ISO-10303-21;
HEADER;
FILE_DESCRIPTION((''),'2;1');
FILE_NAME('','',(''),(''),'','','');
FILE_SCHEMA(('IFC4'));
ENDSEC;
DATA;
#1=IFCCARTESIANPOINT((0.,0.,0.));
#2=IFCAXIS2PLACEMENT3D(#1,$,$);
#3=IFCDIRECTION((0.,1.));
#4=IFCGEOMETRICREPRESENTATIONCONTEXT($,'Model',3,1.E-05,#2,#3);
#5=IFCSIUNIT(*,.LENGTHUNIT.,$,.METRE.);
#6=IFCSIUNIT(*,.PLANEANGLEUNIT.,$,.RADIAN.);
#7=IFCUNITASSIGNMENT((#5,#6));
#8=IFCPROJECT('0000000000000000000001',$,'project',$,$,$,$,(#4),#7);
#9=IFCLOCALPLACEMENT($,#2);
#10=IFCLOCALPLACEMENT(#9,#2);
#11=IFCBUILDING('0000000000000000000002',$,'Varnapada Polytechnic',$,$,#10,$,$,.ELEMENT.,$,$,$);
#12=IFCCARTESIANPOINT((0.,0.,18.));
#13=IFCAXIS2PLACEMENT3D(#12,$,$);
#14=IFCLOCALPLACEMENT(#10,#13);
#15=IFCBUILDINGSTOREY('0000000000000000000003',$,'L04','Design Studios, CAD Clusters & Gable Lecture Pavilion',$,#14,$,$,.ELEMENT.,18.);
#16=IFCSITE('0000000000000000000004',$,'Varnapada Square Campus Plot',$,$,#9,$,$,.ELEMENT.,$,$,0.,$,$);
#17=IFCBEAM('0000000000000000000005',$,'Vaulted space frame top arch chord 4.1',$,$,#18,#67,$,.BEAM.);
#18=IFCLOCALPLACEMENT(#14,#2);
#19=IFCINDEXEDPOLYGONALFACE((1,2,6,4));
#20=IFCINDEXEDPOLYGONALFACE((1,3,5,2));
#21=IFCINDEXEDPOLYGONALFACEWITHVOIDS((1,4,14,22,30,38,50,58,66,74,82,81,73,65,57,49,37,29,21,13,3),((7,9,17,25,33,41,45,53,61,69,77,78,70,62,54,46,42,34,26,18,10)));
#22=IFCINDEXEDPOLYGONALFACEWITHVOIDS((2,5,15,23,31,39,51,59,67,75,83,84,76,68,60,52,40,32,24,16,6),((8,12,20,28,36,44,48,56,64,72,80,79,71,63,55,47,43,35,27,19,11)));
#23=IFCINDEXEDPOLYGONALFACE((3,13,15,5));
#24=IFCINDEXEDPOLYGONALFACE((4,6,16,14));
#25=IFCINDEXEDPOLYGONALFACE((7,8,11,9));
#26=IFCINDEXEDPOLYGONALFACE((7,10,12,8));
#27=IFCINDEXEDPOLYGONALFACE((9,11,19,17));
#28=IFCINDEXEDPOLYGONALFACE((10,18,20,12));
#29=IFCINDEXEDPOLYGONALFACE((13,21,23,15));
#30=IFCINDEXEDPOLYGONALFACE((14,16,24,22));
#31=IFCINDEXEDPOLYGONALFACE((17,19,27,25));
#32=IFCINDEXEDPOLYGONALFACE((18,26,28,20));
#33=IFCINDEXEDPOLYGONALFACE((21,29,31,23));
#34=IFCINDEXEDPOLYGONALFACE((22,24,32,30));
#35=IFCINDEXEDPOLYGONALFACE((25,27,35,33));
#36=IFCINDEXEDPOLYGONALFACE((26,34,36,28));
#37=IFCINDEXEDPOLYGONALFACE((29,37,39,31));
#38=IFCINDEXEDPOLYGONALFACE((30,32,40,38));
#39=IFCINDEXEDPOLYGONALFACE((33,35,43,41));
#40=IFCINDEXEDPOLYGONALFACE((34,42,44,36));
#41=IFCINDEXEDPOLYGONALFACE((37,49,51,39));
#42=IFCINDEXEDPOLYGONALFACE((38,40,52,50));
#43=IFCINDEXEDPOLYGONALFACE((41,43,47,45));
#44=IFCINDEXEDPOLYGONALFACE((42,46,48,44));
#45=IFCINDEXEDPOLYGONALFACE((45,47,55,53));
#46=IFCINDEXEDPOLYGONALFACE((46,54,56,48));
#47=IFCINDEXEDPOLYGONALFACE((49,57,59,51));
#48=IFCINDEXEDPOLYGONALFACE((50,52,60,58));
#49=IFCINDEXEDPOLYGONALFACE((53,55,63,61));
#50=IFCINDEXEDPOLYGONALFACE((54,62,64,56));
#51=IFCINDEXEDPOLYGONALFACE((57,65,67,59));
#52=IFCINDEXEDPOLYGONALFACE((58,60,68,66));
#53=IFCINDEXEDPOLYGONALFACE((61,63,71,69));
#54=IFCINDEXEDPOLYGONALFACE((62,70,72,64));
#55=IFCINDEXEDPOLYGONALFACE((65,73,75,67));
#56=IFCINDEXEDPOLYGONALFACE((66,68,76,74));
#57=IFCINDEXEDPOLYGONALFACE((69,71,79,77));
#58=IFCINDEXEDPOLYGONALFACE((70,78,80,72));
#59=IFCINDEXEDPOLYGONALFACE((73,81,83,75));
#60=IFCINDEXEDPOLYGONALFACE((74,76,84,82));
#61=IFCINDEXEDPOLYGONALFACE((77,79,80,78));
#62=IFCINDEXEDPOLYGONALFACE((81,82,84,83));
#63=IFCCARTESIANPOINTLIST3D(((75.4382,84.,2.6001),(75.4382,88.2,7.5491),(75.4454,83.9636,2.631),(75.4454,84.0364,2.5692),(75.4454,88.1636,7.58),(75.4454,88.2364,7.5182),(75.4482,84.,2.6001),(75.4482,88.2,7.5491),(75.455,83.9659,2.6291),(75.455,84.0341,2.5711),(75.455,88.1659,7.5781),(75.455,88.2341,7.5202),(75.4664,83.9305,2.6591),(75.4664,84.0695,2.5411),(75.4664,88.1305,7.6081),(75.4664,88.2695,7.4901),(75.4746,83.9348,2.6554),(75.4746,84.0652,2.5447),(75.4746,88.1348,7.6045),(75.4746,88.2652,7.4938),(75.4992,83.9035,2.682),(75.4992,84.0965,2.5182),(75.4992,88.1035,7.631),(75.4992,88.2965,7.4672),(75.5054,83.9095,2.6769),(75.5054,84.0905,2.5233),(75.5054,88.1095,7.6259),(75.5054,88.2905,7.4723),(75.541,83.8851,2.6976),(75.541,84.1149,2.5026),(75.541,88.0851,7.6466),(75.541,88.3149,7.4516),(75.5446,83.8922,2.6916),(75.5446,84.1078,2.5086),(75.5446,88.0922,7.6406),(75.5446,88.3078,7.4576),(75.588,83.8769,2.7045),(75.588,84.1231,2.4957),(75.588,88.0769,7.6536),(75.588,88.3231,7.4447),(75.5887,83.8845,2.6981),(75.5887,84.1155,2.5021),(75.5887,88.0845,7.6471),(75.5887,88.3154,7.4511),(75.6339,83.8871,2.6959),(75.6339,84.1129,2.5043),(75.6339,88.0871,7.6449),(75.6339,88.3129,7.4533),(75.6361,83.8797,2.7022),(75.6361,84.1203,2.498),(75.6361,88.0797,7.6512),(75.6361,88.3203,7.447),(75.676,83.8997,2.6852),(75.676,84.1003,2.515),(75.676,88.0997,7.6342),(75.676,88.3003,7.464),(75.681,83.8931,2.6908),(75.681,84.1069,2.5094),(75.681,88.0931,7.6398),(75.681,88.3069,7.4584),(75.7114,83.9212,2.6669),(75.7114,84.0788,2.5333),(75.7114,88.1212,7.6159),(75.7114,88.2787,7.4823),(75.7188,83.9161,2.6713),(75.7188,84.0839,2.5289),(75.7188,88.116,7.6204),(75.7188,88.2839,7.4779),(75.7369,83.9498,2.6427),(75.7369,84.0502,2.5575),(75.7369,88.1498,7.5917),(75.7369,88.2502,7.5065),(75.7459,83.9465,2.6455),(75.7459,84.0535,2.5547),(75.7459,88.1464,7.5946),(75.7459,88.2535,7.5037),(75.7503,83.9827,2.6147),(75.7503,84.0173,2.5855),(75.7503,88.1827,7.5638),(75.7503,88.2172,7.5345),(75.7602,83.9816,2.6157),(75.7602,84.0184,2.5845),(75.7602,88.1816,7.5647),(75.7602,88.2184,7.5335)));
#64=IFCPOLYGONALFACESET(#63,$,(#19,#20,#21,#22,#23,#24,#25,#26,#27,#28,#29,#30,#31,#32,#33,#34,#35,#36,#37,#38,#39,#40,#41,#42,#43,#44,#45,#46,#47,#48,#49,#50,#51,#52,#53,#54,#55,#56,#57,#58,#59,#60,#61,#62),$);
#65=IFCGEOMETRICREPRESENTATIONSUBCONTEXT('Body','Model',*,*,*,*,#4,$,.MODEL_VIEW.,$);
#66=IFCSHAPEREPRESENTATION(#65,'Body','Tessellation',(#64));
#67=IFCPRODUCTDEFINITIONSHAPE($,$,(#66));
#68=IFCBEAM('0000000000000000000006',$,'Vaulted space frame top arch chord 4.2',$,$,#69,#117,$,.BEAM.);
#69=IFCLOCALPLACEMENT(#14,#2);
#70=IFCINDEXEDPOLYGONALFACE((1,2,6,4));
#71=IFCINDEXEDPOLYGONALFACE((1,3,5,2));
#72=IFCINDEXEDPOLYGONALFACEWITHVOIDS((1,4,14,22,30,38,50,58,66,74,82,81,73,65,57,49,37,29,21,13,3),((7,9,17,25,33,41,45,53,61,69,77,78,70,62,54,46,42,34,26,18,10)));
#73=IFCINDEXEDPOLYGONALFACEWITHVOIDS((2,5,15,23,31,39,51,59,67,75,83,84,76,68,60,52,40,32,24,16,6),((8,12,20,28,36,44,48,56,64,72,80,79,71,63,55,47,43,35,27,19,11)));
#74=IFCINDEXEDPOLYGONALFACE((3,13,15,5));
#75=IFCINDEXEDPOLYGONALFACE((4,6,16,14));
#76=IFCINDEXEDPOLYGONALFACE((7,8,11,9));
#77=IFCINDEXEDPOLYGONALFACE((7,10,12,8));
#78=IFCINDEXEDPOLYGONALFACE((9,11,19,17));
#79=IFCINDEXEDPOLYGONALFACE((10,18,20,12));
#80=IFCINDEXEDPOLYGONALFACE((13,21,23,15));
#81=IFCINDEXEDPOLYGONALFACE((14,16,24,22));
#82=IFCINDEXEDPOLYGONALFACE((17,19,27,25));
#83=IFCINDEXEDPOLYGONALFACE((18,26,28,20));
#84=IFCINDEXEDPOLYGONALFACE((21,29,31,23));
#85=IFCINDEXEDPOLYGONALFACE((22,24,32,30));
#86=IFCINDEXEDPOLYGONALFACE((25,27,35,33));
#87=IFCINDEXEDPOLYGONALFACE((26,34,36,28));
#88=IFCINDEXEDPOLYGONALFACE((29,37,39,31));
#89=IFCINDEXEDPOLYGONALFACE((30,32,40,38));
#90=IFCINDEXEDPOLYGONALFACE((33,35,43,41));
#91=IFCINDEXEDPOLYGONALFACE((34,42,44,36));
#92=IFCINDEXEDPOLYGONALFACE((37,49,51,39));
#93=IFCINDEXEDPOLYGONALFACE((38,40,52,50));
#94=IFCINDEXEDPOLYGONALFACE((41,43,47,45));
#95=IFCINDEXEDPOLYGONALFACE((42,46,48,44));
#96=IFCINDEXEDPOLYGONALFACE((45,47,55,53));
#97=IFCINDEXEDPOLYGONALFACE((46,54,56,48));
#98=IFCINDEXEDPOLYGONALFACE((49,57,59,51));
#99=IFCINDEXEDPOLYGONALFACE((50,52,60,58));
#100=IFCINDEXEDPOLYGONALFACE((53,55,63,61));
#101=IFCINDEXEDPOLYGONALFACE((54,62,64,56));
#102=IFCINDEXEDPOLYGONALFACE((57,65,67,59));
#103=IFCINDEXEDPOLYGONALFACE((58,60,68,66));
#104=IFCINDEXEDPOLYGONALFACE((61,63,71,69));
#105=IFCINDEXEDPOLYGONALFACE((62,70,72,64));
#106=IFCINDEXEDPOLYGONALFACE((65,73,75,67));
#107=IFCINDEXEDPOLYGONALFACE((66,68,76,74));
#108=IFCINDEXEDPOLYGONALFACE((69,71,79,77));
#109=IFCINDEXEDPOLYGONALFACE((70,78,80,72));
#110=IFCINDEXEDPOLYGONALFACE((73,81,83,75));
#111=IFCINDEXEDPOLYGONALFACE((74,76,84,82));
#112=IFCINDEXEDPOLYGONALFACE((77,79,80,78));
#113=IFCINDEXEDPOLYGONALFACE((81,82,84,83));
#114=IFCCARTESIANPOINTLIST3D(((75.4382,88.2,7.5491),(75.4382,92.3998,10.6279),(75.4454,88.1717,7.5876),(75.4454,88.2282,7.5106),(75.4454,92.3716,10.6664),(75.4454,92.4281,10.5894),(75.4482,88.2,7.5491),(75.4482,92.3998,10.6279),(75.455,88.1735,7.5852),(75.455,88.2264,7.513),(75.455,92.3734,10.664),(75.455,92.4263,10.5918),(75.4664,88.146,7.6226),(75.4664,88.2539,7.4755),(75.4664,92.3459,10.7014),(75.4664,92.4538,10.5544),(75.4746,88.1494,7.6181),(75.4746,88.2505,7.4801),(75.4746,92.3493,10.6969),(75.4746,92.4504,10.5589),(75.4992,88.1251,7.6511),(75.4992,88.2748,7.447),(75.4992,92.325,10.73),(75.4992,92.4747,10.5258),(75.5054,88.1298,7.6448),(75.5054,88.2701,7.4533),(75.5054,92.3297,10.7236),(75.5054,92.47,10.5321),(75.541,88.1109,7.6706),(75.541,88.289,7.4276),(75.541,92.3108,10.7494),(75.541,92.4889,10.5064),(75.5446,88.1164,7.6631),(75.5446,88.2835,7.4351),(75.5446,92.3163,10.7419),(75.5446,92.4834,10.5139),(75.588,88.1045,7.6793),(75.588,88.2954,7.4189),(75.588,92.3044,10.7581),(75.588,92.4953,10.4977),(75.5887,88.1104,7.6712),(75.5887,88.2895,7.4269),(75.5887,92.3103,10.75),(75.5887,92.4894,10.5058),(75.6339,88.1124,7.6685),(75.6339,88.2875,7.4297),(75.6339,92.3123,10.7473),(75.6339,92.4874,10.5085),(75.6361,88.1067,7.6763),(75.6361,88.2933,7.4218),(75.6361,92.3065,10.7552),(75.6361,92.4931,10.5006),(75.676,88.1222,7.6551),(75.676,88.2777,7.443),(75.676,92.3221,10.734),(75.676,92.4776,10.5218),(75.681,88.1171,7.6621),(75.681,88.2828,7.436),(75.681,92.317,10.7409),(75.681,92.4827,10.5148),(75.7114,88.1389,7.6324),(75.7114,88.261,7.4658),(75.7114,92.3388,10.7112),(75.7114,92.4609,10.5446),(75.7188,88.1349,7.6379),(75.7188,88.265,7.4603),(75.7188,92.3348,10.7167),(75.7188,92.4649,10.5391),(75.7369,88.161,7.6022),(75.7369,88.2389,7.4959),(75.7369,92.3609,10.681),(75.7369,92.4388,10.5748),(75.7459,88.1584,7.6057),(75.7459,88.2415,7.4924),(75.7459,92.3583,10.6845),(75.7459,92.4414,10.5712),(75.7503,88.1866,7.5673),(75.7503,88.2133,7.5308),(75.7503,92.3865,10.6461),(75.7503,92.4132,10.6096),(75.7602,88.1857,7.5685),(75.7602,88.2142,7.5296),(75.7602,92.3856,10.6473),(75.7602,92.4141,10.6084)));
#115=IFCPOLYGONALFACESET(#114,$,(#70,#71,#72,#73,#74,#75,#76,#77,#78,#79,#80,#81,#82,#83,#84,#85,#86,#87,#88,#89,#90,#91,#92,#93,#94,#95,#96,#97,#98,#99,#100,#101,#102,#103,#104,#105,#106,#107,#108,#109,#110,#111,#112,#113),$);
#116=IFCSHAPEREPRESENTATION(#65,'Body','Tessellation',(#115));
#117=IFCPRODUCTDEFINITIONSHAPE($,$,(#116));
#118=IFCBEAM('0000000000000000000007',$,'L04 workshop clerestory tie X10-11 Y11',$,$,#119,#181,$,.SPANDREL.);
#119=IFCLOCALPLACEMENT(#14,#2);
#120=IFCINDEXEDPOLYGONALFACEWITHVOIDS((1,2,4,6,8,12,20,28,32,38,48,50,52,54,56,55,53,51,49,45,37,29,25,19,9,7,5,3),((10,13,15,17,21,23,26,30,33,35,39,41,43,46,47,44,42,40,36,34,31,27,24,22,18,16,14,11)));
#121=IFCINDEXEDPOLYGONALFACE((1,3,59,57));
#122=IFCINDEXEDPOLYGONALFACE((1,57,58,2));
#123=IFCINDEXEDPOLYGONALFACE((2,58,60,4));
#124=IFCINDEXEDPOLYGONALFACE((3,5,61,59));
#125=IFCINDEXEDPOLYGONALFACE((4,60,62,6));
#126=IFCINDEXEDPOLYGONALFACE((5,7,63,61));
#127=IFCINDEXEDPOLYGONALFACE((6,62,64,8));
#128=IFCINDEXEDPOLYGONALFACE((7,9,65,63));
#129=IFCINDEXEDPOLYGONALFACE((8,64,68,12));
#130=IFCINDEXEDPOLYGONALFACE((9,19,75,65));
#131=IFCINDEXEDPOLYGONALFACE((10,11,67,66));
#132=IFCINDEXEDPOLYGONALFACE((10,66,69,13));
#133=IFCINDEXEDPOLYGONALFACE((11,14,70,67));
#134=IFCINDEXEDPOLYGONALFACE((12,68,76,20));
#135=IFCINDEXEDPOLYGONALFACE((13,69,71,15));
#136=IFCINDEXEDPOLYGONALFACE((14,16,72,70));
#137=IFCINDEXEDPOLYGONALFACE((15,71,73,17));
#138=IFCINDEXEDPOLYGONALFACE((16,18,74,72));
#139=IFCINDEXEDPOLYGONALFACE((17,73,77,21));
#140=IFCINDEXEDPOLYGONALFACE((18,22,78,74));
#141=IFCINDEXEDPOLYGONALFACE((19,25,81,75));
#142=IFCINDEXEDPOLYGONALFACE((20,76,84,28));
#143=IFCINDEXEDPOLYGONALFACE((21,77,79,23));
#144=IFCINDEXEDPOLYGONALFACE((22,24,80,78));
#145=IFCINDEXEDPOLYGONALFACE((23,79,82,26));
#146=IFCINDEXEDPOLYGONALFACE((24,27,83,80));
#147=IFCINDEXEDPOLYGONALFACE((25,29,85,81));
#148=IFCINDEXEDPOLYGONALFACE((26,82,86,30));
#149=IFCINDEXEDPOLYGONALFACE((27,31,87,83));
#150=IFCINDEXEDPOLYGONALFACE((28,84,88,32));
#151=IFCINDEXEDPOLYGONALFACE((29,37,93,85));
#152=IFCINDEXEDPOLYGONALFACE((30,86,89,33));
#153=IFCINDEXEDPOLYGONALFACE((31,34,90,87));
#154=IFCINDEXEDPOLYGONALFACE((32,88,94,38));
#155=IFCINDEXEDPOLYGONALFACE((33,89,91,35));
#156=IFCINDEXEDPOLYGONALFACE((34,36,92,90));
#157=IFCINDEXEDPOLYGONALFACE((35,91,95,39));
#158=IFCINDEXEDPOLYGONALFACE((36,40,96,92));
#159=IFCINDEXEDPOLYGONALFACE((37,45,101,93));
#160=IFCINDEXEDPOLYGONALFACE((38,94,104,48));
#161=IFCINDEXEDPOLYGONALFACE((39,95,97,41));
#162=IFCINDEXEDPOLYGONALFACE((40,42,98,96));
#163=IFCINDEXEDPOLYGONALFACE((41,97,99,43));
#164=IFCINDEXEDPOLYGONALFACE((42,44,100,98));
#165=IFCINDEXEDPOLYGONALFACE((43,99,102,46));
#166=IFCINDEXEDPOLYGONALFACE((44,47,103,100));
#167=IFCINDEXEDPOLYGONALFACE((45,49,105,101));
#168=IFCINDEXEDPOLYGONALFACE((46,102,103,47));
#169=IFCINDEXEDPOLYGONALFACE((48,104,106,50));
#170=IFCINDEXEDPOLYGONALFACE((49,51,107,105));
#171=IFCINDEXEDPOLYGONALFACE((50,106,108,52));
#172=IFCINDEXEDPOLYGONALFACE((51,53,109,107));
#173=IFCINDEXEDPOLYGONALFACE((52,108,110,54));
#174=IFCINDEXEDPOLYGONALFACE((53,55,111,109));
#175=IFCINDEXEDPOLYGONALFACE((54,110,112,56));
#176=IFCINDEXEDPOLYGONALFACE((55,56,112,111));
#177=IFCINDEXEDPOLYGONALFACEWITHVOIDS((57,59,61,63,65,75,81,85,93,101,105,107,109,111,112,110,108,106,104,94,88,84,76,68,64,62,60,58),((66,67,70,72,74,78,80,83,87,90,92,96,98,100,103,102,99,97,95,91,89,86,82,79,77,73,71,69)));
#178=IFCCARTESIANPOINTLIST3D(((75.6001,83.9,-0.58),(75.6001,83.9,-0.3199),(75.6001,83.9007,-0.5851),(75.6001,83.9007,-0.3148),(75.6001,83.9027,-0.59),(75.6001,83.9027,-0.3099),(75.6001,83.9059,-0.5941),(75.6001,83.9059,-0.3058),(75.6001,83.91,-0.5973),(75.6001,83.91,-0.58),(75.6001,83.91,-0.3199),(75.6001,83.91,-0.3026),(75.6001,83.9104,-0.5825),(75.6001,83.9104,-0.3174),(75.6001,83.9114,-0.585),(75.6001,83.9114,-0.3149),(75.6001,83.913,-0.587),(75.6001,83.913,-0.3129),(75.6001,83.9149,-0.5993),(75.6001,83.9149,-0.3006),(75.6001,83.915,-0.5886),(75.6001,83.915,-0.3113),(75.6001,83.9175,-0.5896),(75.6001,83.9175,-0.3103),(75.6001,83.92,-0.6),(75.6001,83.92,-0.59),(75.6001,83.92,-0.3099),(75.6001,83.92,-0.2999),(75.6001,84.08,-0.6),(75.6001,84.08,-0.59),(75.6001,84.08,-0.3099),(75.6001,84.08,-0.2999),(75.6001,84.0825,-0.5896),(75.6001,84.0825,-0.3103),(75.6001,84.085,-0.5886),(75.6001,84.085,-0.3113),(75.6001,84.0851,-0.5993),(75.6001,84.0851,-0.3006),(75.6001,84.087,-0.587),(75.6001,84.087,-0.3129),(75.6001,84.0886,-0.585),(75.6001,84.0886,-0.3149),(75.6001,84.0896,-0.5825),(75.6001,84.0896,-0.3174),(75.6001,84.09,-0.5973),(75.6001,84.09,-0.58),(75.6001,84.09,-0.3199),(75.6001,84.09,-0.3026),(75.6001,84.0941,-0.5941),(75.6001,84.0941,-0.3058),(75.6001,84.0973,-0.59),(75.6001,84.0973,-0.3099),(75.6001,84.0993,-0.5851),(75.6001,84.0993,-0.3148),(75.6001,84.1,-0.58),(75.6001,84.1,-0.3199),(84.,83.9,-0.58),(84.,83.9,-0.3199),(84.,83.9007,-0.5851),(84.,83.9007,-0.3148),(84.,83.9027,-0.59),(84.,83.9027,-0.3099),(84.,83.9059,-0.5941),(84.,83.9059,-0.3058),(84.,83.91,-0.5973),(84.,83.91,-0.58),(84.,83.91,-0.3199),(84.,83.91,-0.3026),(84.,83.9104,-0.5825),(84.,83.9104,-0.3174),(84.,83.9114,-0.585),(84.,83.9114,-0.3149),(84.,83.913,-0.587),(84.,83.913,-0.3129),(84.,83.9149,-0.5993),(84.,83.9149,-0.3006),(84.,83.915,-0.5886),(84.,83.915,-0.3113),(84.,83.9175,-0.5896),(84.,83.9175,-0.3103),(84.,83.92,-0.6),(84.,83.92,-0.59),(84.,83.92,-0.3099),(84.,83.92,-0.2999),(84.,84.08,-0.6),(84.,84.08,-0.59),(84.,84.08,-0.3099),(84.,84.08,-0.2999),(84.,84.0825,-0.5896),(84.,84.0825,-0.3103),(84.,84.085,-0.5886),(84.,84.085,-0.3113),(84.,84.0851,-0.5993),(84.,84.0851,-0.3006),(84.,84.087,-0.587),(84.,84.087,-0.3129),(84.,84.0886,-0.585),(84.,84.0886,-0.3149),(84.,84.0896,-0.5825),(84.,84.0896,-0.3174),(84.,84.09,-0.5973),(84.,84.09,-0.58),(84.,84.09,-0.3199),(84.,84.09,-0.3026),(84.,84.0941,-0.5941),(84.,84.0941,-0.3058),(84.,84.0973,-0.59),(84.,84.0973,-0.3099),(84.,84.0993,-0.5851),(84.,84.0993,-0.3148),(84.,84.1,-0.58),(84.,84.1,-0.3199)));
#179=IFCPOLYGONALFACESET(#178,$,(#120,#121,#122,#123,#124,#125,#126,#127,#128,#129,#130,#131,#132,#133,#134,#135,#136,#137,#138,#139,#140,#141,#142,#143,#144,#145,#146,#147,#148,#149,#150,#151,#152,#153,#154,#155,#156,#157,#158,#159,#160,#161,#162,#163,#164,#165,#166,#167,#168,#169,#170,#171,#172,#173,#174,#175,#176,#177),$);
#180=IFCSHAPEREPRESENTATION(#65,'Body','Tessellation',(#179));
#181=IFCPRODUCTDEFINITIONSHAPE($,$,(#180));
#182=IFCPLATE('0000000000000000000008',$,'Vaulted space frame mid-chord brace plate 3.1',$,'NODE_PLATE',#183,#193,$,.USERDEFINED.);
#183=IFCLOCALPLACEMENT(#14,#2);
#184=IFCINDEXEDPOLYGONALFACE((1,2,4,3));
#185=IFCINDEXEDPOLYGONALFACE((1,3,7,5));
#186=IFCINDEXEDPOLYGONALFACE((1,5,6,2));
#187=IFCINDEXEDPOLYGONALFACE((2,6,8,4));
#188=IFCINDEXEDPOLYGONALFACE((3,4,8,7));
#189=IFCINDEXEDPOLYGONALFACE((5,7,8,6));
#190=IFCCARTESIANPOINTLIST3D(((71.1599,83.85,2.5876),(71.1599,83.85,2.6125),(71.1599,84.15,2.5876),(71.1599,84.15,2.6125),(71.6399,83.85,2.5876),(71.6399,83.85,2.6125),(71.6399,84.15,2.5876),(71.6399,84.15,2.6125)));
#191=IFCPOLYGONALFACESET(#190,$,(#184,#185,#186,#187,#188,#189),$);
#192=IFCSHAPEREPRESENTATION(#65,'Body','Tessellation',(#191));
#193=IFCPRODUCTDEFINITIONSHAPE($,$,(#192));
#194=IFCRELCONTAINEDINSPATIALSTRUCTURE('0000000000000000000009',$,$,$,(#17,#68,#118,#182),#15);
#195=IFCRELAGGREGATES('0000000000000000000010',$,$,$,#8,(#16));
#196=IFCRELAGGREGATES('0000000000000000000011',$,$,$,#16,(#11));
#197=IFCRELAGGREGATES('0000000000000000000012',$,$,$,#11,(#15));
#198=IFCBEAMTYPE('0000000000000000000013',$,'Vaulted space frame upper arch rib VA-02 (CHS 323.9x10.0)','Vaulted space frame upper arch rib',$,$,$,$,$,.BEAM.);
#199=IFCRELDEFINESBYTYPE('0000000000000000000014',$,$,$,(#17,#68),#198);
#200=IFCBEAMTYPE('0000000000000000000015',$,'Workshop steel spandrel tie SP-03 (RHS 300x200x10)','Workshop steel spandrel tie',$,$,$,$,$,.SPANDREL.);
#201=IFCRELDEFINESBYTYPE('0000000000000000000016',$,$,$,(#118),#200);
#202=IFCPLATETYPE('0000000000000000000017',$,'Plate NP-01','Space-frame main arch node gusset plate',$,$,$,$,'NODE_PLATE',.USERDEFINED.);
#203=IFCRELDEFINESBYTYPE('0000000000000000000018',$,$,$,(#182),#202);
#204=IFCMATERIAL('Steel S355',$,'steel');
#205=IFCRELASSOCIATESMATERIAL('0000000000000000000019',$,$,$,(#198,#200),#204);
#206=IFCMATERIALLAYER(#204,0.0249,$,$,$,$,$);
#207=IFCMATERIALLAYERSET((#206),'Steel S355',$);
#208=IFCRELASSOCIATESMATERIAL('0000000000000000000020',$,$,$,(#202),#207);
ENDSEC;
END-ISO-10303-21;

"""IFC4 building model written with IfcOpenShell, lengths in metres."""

from ifc_helpers import new_model, si_unit, direction, frame, origin, origin_2d, place, context, subcontext, project, spatial, rectangle, hollow_rectangle, hollow_circle, extrude, material, layer, layer_set, material_profile, profile_set, type_object, element, save


model = new_model("IFC4")

# Units and contexts
model_context = context("Model", 3, precision=1e-05, world=origin(), true_north=direction((0.0, 1.0)))
body_context = subcontext(model_context, "Body", "Model", "MODEL_VIEW")
ifc_project = project(units=[si_unit("LENGTHUNIT", "METRE"), si_unit("PLANEANGLEUNIT", "RADIAN")], contexts=[model_context])

# Site, building, storey
site_placement = place(None, origin())
site = spatial("IfcSite", under=ifc_project, at=site_placement, Name="Varnapada Square Campus Plot", CompositionType="ELEMENT", RefElevation=0.0)
building_placement = place(site_placement, origin())
building = spatial("IfcBuilding", under=site, at=building_placement, Name="Varnapada Polytechnic", CompositionType="ELEMENT")
storey_placement = place(building_placement, frame((0.0, 0.0, 18.0)))
storey = spatial("IfcBuildingStorey", under=building, at=storey_placement, Name="L04", Description="Design Studios, CAD Clusters & Gable Lecture Pavilion", CompositionType="ELEMENT", Elevation=18.0)

# Shared definitions
ifc_material = material(Name="Steel S355", Category="steel")

# Beams
ifc_material_profile_1 = material_profile(ifc_material, hollow_circle(Radius=0.1619, WallThickness=0.01, at=origin_2d()), Name="CHS 323.9x10.0")
ifc_profile_set_1 = profile_set([ifc_material_profile_1], Name="Steel S355")
beam_type_1 = type_object("IfcBeamType", Name="Vaulted space frame upper arch rib VA-02 (CHS 323.9x10.0)", Description="Vaulted space frame upper arch rib", PredefinedType="BEAM", material=ifc_profile_set_1)
beam_1_placement = place(storey_placement, frame((75.6001, 84.0, 2.6001), z_axis=(0.0, 0.647051, 0.762447), x_axis=(-1.0, 0.0, 0.0)))
element("IfcBeam", 1, at=beam_1_placement, inside=storey, type_object=beam_type_1, Name="Vaulted space frame top arch chord 4.1", PredefinedType="BEAM", context=body_context, shape_type="SweptSolid", body=[
    extrude(hollow_circle(Radius=0.1619, WallThickness=0.01, at=origin_2d()), origin(), (0.0, 0.0, 1.0), 6.491),
])
beam_2_placement = place(storey_placement, frame((75.6001, 88.2, 7.5491), z_axis=(0.0, 0.806506, 0.591225), x_axis=(-1.0, 0.0, 0.0)))
element("IfcBeam", 2, at=beam_2_placement, inside=storey, type_object=beam_type_1, Name="Vaulted space frame top arch chord 4.2", PredefinedType="BEAM", context=body_context, shape_type="SweptSolid", body=[
    extrude(hollow_circle(Radius=0.1619, WallThickness=0.01, at=origin_2d()), origin(), (0.0, 0.0, 1.0), 5.2075),
])
ifc_material_profile_2 = material_profile(ifc_material, hollow_rectangle(XDim=0.2, YDim=0.3, WallThickness=0.01, InnerFilletRadius=0.01, OuterFilletRadius=0.02, at=origin_2d()), Name="RHS 300x200x10")
ifc_profile_set_2 = profile_set([ifc_material_profile_2], Name="Steel S355")
beam_type_2 = type_object("IfcBeamType", Name="Workshop steel spandrel tie SP-03 (RHS 300x200x10)", Description="Workshop steel spandrel tie", PredefinedType="SPANDREL", material=ifc_profile_set_2)
beam_3_placement = place(storey_placement, frame((75.6001, 84.0, -0.45), z_axis=(1.0, 0.0, 0.0), x_axis=(0.0, 1.0, 0.0)))
element("IfcBeam", 3, at=beam_3_placement, inside=storey, type_object=beam_type_2, Name="L04 workshop clerestory tie X10-11 Y11", PredefinedType="SPANDREL", context=body_context, shape_type="SweptSolid", body=[
    extrude(hollow_rectangle(XDim=0.2, YDim=0.3, WallThickness=0.01, InnerFilletRadius=0.01, OuterFilletRadius=0.02, at=origin_2d()), origin(), (0.0, 0.0, 1.0), 8.3999),
])

# Plate
ifc_layer_1 = layer(ifc_material, 0.0249)
ifc_layer_set_1 = layer_set([ifc_layer_1], Name="Steel S355")
plate_type_1 = type_object("IfcPlateType", Name="Plate NP-01", Description="Space-frame main arch node gusset plate", ElementType="NODE_PLATE", PredefinedType="USERDEFINED", material=ifc_layer_set_1)
for number, where, z_axis, x_axis, name in (
    (4, (71.3999, 84.0, 2.5876), (0.0, 0.0, 1.0), (1.0, 0.0, 0.0), "Vaulted space frame mid-chord brace plate 3.1"),
):
    element("IfcPlate", number, at=place(storey_placement, frame(where, z_axis=z_axis, x_axis=x_axis)), inside=storey, type_object=plate_type_1, Name=name, ObjectType="NODE_PLATE", PredefinedType="USERDEFINED", context=body_context, shape_type="SweptSolid", body=[
        extrude(rectangle(XDim=0.48, YDim=0.3, at=origin_2d()), origin(), (0.0, 0.0, 1.0), 0.0249),
    ])

save(model, "model.ifc")
